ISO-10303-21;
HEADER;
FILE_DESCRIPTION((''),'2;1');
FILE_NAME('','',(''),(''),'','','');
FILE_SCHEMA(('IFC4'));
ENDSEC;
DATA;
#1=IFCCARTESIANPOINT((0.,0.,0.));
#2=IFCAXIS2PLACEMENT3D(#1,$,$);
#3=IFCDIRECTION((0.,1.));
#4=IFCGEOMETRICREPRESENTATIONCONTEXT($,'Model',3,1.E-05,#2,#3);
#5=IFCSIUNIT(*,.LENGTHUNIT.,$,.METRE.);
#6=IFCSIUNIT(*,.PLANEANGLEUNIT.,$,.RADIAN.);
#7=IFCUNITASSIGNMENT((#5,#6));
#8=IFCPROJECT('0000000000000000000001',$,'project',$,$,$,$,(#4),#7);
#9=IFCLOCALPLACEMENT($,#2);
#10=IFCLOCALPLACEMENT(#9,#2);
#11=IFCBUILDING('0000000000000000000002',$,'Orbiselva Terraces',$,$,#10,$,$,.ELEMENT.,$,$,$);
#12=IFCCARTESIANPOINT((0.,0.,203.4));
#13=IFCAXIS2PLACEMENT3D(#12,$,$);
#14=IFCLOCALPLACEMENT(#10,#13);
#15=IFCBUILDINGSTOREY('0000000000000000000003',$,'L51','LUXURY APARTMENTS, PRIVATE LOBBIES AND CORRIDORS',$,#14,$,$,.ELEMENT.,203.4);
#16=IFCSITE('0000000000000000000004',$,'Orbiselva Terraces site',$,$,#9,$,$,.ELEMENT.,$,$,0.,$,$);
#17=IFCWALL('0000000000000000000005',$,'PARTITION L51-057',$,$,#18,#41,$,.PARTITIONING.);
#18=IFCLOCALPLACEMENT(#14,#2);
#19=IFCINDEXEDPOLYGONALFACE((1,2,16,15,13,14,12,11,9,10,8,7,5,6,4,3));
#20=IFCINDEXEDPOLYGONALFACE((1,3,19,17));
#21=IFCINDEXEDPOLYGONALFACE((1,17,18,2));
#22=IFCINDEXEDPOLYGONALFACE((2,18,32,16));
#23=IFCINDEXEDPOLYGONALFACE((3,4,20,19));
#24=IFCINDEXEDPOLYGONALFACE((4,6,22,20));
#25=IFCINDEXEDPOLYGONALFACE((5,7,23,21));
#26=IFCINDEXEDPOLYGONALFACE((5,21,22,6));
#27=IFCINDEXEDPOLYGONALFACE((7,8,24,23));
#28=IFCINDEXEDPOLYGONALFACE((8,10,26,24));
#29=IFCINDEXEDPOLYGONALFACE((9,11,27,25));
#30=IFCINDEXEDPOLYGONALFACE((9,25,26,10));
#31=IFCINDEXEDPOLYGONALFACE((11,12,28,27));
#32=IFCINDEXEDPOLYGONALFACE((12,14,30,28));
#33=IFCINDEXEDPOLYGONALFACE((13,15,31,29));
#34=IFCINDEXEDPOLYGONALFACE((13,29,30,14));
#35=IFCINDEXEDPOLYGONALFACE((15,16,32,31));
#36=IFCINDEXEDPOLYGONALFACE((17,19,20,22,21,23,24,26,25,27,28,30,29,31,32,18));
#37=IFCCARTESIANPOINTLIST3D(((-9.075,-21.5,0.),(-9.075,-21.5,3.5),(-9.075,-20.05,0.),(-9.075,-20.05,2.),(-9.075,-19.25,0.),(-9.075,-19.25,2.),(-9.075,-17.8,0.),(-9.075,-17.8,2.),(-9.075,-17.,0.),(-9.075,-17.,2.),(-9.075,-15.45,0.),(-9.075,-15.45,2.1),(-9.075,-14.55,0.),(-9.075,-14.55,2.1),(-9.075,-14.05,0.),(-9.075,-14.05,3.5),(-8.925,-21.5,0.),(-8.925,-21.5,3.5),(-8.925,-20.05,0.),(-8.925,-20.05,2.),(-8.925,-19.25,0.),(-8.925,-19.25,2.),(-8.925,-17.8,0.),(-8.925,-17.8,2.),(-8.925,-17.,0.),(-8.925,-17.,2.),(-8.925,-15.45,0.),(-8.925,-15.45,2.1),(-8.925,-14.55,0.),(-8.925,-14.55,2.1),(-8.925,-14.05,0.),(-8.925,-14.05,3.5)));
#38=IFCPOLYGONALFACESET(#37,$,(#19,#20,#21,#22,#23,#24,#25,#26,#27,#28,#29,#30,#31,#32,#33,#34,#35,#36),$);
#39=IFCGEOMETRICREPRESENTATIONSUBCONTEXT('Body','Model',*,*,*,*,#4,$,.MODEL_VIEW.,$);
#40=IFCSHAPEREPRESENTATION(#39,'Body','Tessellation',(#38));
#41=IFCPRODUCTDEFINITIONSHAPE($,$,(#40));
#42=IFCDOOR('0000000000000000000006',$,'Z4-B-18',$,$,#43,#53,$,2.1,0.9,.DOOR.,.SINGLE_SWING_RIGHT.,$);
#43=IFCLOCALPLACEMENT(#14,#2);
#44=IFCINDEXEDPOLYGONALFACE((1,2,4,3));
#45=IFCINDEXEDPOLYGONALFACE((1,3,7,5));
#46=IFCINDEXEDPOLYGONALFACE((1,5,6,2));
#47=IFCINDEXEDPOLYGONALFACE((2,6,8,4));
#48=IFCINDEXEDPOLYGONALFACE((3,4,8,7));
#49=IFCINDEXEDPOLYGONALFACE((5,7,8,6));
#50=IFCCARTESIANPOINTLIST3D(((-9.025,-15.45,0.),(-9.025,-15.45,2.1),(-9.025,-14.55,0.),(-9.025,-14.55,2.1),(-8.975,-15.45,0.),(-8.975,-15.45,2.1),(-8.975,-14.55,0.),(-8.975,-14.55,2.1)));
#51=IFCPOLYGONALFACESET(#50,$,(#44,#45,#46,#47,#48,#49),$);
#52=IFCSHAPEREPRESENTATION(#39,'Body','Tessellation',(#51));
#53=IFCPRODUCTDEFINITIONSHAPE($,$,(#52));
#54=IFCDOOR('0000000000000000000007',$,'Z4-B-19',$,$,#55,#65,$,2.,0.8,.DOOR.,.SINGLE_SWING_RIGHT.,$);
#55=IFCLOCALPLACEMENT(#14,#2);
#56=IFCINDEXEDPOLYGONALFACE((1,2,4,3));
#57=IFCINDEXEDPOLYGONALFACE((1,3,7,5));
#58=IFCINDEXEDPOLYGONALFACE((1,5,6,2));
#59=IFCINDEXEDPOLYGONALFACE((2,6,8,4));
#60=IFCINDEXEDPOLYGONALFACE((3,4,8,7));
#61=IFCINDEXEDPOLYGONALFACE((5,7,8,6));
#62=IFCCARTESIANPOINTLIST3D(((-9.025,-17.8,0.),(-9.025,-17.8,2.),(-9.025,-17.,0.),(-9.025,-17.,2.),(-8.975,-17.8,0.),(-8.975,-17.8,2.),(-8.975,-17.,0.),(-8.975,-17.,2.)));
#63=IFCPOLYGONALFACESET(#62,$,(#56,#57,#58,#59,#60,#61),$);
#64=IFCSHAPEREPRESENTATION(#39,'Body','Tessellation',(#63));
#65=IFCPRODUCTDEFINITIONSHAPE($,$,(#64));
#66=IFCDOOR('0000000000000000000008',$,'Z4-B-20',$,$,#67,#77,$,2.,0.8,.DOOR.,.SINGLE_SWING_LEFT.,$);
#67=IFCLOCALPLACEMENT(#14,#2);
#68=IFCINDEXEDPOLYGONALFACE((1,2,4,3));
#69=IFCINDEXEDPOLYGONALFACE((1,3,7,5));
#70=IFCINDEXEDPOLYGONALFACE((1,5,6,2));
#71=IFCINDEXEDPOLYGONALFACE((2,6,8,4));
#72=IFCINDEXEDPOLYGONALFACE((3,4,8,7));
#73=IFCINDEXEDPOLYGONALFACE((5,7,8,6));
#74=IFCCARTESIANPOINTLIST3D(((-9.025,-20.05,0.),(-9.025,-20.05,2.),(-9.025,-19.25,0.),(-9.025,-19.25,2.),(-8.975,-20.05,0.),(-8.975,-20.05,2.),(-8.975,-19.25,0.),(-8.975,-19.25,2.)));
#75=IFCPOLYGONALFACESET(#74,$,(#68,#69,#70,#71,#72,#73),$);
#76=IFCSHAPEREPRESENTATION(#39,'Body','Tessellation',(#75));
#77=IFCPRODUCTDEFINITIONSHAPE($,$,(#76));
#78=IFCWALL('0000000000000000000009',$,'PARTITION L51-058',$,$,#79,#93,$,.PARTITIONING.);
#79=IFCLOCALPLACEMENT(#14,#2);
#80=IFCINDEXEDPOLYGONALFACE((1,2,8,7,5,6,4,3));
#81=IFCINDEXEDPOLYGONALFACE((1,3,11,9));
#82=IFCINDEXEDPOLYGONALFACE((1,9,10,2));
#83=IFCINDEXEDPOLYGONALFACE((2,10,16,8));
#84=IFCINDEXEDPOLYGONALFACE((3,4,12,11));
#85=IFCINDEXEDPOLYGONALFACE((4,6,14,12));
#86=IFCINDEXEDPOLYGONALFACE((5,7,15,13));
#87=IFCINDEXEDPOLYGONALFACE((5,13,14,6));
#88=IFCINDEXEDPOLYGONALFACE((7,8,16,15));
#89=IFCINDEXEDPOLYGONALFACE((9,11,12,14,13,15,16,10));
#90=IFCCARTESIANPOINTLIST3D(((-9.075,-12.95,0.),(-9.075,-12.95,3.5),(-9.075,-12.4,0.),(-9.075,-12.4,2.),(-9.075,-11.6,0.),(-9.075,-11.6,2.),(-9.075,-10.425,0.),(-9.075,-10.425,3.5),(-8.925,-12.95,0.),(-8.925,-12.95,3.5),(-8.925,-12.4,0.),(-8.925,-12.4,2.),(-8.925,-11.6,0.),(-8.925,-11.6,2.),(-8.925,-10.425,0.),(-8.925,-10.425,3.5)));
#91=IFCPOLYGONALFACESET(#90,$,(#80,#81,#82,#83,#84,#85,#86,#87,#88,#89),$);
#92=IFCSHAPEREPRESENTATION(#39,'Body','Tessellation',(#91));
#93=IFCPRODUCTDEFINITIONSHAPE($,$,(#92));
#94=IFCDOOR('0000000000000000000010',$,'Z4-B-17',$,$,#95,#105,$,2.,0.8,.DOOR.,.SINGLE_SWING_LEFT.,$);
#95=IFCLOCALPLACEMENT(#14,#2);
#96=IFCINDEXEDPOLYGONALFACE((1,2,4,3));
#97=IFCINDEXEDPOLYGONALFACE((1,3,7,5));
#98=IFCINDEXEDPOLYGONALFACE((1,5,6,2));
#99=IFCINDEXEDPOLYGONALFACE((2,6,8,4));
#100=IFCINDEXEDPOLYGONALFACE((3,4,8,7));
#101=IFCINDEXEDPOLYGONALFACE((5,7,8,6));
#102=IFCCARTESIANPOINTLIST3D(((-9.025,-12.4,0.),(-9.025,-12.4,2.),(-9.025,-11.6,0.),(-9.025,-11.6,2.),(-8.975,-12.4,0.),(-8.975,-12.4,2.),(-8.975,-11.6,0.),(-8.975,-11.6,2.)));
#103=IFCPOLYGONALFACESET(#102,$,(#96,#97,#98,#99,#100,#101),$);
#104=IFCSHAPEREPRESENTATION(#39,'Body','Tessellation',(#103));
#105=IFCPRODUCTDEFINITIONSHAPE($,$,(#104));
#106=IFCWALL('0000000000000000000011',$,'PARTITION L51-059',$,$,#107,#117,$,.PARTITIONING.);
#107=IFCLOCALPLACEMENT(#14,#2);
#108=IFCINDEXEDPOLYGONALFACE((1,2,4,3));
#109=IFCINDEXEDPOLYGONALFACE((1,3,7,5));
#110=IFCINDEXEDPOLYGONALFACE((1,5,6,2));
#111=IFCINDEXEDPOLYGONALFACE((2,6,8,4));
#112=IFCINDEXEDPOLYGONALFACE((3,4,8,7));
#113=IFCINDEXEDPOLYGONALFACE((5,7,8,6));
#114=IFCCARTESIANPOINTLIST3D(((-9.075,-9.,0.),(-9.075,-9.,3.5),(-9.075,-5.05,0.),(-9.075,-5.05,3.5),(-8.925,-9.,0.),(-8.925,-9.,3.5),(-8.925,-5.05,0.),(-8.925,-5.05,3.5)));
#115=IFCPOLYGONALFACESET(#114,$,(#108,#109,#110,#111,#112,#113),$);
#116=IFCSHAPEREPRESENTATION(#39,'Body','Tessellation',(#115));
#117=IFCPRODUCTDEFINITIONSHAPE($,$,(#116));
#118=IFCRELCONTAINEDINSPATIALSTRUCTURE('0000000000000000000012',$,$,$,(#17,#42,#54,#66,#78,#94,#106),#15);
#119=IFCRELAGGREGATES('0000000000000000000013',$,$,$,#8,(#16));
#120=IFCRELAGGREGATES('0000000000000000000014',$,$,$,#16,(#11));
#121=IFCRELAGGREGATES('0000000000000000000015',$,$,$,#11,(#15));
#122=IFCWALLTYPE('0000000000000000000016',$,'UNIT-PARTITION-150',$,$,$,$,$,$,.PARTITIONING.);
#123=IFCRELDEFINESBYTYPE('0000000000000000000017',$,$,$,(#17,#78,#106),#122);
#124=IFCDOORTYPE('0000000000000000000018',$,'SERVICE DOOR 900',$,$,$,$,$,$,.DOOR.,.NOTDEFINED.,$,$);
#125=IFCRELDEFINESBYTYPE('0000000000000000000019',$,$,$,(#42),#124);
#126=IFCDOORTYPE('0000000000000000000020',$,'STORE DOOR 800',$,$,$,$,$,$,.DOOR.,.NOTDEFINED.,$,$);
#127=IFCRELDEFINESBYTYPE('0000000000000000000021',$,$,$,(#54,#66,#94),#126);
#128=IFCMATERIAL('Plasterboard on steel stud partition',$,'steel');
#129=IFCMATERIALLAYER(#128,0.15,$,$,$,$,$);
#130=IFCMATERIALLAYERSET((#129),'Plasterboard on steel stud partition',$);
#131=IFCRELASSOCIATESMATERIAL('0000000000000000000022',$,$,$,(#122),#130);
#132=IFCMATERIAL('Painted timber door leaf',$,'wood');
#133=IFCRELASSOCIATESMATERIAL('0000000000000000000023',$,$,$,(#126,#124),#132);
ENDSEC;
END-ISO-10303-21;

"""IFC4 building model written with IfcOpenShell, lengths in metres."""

from ifc_helpers import new_model, si_unit, direction, frame, frame_2d, origin, place, context, subcontext, project, spatial, rectangle, extrude, material, layer, layer_set, type_object, element, fill, save


model = new_model("IFC4")

# Units and contexts
model_context = context("Model", 3, precision=1e-05, world=origin(), true_north=direction((0.0, 1.0)))
body_context = subcontext(model_context, "Body", "Model", "MODEL_VIEW")
ifc_project = project(units=[si_unit("LENGTHUNIT", "METRE"), si_unit("PLANEANGLEUNIT", "RADIAN")], contexts=[model_context])

# Site, building, storey
site_placement = place(None, origin())
site = spatial("IfcSite", under=ifc_project, at=site_placement, Name="Orbiselva Terraces site", CompositionType="ELEMENT", RefElevation=0.0)
building_placement = place(site_placement, origin())
building = spatial("IfcBuilding", under=site, at=building_placement, Name="Orbiselva Terraces", CompositionType="ELEMENT")
storey_placement = place(building_placement, frame((0.0, 0.0, 203.4)))
storey = spatial("IfcBuildingStorey", under=building, at=storey_placement, Name="L51", Description="LUXURY APARTMENTS, PRIVATE LOBBIES AND CORRIDORS", CompositionType="ELEMENT", Elevation=203.4)

# Shared definitions
ifc_material_1 = material(Name="Plasterboard on steel stud partition", Category="steel")
ifc_material_2 = material(Name="Painted timber door leaf", Category="wood")

# Shared definitions
ifc_layer_1 = layer(ifc_material_1, 0.15)
ifc_layer_set_1 = layer_set([ifc_layer_1], Name="Plasterboard on steel stud partition")
wall_type_1 = type_object("IfcWallType", Name="UNIT-PARTITION-150", PredefinedType="PARTITIONING", material=ifc_layer_set_1)

# Shared definitions
door_type_1 = type_object("IfcDoorType", Name="STORE DOOR 800", OperationType="NOTDEFINED", PredefinedType="DOOR", material=ifc_material_2)

# Wall, openings, doors
wall_1_placement = place(storey_placement, frame((-9.0, -21.5, 0.0), z_axis=(0.0, 0.0, 1.0), x_axis=(0.0, 1.0, 0.0)))
wall_1 = element("IfcWall", 1, at=wall_1_placement, inside=storey, type_object=wall_type_1, Name="PARTITION L51-057", PredefinedType="PARTITIONING", context=body_context, shape_type="SweptSolid", body=[
    extrude(rectangle(XDim=7.45, YDim=0.15, at=frame_2d((3.725, 0.0))), origin(), (0.0, 0.0, 1.0), 3.5),
])
opening_1_placement = place(wall_1_placement, frame((6.05, 0.0, 0.0)))
opening_1 = element("IfcOpeningElement", 2, at=opening_1_placement, cuts=wall_1, PredefinedType="OPENING", context=body_context, shape_type="SweptSolid", body=[
    extrude(rectangle(XDim=0.9, YDim=2.1, at=frame_2d((0.45, 1.05))), frame((0.0, 0.085, 0.0), z_axis=(0.0, -1.0, 0.0), x_axis=(1.0, 0.0, 0.0)), (0.0, 0.0, 1.0), 0.17),
])
opening_2_placement = place(wall_1_placement, frame((3.7, 0.0, 0.0)))
opening_2 = element("IfcOpeningElement", 3, at=opening_2_placement, cuts=wall_1, PredefinedType="OPENING", context=body_context, shape_type="SweptSolid", body=[
    extrude(rectangle(XDim=0.8, YDim=2.0, at=frame_2d((0.4, 1.0))), frame((0.0, 0.085, 0.0), z_axis=(0.0, -1.0, 0.0), x_axis=(1.0, 0.0, 0.0)), (0.0, 0.0, 1.0), 0.17),
])
opening_3_placement = place(wall_1_placement, frame((1.45, 0.0, 0.0)))
opening_3 = element("IfcOpeningElement", 4, at=opening_3_placement, cuts=wall_1, PredefinedType="OPENING", context=body_context, shape_type="SweptSolid", body=[
    extrude(rectangle(XDim=0.8, YDim=2.0, at=frame_2d((0.4, 1.0))), frame((0.0, 0.085, 0.0), z_axis=(0.0, -1.0, 0.0), x_axis=(1.0, 0.0, 0.0)), (0.0, 0.0, 1.0), 0.17),
])
door_type_2 = type_object("IfcDoorType", Name="SERVICE DOOR 900", OperationType="NOTDEFINED", PredefinedType="DOOR", material=ifc_material_2)
door_1_placement = place(opening_1_placement, origin())
door_1 = element("IfcDoor", 5, at=door_1_placement, inside=storey, type_object=door_type_2, Name="Z4-B-18", OperationType="SINGLE_SWING_RIGHT", OverallHeight=2.1, OverallWidth=0.9, PredefinedType="DOOR", context=body_context, shape_type="SweptSolid", body=[
    extrude(rectangle(XDim=0.9, YDim=2.1, at=frame_2d((0.45, 1.05))), frame((0.0, 0.025, 0.0), z_axis=(0.0, -1.0, 0.0), x_axis=(1.0, 0.0, 0.0)), (0.0, 0.0, 1.0), 0.05),
])
fill(opening_1, door_1)
door_2_placement = place(opening_2_placement, origin())
door_2 = element("IfcDoor", 6, at=door_2_placement, inside=storey, type_object=door_type_1, Name="Z4-B-19", OperationType="SINGLE_SWING_RIGHT", OverallHeight=2.0, OverallWidth=0.8, PredefinedType="DOOR", context=body_context, shape_type="SweptSolid", body=[
    extrude(rectangle(XDim=0.8, YDim=2.0, at=frame_2d((0.4, 1.0))), frame((0.0, 0.025, 0.0), z_axis=(0.0, -1.0, 0.0), x_axis=(1.0, 0.0, 0.0)), (0.0, 0.0, 1.0), 0.05),
])
fill(opening_2, door_2)
door_3_placement = place(opening_3_placement, origin())
door_3 = element("IfcDoor", 7, at=door_3_placement, inside=storey, type_object=door_type_1, Name="Z4-B-20", OperationType="SINGLE_SWING_LEFT", OverallHeight=2.0, OverallWidth=0.8, PredefinedType="DOOR", context=body_context, shape_type="SweptSolid", body=[
    extrude(rectangle(XDim=0.8, YDim=2.0, at=frame_2d((0.4, 1.0))), frame((0.0, 0.025, 0.0), z_axis=(0.0, -1.0, 0.0), x_axis=(1.0, 0.0, 0.0)), (0.0, 0.0, 1.0), 0.05),
])
fill(opening_3, door_3)

# Wall, opening, door
wall_2_placement = place(storey_placement, frame((-9.0, -12.95, 0.0), z_axis=(0.0, 0.0, 1.0), x_axis=(0.0, 1.0, 0.0)))
wall_2 = element("IfcWall", 8, at=wall_2_placement, inside=storey, type_object=wall_type_1, Name="PARTITION L51-058", PredefinedType="PARTITIONING", context=body_context, shape_type="SweptSolid", body=[
    extrude(rectangle(XDim=2.525, YDim=0.15, at=frame_2d((1.2625, 0.0))), origin(), (0.0, 0.0, 1.0), 3.5),
])
opening_4_placement = place(wall_2_placement, frame((0.55, 0.0, 0.0)))
opening_4 = element("IfcOpeningElement", 9, at=opening_4_placement, cuts=wall_2, PredefinedType="OPENING", context=body_context, shape_type="SweptSolid", body=[
    extrude(rectangle(XDim=0.8, YDim=2.0, at=frame_2d((0.4, 1.0))), frame((0.0, 0.085, 0.0), z_axis=(0.0, -1.0, 0.0), x_axis=(1.0, 0.0, 0.0)), (0.0, 0.0, 1.0), 0.17),
])
door_4_placement = place(opening_4_placement, origin())
door_4 = element("IfcDoor", 10, at=door_4_placement, inside=storey, type_object=door_type_1, Name="Z4-B-17", OperationType="SINGLE_SWING_LEFT", OverallHeight=2.0, OverallWidth=0.8, PredefinedType="DOOR", context=body_context, shape_type="SweptSolid", body=[
    extrude(rectangle(XDim=0.8, YDim=2.0, at=frame_2d((0.4, 1.0))), frame((0.0, 0.025, 0.0), z_axis=(0.0, -1.0, 0.0), x_axis=(1.0, 0.0, 0.0)), (0.0, 0.0, 1.0), 0.05),
])
fill(opening_4, door_4)

# Wall
wall_3_placement = place(storey_placement, frame((-9.0, -9.0, 0.0), z_axis=(0.0, 0.0, 1.0), x_axis=(0.0, 1.0, 0.0)))
element("IfcWall", 11, at=wall_3_placement, inside=storey, type_object=wall_type_1, Name="PARTITION L51-059", PredefinedType="PARTITIONING", context=body_context, shape_type="SweptSolid", body=[
    extrude(rectangle(XDim=3.95, YDim=0.15, at=frame_2d((1.975, 0.0))), origin(), (0.0, 0.0, 1.0), 3.5),
])

save(model, "model.ifc")
